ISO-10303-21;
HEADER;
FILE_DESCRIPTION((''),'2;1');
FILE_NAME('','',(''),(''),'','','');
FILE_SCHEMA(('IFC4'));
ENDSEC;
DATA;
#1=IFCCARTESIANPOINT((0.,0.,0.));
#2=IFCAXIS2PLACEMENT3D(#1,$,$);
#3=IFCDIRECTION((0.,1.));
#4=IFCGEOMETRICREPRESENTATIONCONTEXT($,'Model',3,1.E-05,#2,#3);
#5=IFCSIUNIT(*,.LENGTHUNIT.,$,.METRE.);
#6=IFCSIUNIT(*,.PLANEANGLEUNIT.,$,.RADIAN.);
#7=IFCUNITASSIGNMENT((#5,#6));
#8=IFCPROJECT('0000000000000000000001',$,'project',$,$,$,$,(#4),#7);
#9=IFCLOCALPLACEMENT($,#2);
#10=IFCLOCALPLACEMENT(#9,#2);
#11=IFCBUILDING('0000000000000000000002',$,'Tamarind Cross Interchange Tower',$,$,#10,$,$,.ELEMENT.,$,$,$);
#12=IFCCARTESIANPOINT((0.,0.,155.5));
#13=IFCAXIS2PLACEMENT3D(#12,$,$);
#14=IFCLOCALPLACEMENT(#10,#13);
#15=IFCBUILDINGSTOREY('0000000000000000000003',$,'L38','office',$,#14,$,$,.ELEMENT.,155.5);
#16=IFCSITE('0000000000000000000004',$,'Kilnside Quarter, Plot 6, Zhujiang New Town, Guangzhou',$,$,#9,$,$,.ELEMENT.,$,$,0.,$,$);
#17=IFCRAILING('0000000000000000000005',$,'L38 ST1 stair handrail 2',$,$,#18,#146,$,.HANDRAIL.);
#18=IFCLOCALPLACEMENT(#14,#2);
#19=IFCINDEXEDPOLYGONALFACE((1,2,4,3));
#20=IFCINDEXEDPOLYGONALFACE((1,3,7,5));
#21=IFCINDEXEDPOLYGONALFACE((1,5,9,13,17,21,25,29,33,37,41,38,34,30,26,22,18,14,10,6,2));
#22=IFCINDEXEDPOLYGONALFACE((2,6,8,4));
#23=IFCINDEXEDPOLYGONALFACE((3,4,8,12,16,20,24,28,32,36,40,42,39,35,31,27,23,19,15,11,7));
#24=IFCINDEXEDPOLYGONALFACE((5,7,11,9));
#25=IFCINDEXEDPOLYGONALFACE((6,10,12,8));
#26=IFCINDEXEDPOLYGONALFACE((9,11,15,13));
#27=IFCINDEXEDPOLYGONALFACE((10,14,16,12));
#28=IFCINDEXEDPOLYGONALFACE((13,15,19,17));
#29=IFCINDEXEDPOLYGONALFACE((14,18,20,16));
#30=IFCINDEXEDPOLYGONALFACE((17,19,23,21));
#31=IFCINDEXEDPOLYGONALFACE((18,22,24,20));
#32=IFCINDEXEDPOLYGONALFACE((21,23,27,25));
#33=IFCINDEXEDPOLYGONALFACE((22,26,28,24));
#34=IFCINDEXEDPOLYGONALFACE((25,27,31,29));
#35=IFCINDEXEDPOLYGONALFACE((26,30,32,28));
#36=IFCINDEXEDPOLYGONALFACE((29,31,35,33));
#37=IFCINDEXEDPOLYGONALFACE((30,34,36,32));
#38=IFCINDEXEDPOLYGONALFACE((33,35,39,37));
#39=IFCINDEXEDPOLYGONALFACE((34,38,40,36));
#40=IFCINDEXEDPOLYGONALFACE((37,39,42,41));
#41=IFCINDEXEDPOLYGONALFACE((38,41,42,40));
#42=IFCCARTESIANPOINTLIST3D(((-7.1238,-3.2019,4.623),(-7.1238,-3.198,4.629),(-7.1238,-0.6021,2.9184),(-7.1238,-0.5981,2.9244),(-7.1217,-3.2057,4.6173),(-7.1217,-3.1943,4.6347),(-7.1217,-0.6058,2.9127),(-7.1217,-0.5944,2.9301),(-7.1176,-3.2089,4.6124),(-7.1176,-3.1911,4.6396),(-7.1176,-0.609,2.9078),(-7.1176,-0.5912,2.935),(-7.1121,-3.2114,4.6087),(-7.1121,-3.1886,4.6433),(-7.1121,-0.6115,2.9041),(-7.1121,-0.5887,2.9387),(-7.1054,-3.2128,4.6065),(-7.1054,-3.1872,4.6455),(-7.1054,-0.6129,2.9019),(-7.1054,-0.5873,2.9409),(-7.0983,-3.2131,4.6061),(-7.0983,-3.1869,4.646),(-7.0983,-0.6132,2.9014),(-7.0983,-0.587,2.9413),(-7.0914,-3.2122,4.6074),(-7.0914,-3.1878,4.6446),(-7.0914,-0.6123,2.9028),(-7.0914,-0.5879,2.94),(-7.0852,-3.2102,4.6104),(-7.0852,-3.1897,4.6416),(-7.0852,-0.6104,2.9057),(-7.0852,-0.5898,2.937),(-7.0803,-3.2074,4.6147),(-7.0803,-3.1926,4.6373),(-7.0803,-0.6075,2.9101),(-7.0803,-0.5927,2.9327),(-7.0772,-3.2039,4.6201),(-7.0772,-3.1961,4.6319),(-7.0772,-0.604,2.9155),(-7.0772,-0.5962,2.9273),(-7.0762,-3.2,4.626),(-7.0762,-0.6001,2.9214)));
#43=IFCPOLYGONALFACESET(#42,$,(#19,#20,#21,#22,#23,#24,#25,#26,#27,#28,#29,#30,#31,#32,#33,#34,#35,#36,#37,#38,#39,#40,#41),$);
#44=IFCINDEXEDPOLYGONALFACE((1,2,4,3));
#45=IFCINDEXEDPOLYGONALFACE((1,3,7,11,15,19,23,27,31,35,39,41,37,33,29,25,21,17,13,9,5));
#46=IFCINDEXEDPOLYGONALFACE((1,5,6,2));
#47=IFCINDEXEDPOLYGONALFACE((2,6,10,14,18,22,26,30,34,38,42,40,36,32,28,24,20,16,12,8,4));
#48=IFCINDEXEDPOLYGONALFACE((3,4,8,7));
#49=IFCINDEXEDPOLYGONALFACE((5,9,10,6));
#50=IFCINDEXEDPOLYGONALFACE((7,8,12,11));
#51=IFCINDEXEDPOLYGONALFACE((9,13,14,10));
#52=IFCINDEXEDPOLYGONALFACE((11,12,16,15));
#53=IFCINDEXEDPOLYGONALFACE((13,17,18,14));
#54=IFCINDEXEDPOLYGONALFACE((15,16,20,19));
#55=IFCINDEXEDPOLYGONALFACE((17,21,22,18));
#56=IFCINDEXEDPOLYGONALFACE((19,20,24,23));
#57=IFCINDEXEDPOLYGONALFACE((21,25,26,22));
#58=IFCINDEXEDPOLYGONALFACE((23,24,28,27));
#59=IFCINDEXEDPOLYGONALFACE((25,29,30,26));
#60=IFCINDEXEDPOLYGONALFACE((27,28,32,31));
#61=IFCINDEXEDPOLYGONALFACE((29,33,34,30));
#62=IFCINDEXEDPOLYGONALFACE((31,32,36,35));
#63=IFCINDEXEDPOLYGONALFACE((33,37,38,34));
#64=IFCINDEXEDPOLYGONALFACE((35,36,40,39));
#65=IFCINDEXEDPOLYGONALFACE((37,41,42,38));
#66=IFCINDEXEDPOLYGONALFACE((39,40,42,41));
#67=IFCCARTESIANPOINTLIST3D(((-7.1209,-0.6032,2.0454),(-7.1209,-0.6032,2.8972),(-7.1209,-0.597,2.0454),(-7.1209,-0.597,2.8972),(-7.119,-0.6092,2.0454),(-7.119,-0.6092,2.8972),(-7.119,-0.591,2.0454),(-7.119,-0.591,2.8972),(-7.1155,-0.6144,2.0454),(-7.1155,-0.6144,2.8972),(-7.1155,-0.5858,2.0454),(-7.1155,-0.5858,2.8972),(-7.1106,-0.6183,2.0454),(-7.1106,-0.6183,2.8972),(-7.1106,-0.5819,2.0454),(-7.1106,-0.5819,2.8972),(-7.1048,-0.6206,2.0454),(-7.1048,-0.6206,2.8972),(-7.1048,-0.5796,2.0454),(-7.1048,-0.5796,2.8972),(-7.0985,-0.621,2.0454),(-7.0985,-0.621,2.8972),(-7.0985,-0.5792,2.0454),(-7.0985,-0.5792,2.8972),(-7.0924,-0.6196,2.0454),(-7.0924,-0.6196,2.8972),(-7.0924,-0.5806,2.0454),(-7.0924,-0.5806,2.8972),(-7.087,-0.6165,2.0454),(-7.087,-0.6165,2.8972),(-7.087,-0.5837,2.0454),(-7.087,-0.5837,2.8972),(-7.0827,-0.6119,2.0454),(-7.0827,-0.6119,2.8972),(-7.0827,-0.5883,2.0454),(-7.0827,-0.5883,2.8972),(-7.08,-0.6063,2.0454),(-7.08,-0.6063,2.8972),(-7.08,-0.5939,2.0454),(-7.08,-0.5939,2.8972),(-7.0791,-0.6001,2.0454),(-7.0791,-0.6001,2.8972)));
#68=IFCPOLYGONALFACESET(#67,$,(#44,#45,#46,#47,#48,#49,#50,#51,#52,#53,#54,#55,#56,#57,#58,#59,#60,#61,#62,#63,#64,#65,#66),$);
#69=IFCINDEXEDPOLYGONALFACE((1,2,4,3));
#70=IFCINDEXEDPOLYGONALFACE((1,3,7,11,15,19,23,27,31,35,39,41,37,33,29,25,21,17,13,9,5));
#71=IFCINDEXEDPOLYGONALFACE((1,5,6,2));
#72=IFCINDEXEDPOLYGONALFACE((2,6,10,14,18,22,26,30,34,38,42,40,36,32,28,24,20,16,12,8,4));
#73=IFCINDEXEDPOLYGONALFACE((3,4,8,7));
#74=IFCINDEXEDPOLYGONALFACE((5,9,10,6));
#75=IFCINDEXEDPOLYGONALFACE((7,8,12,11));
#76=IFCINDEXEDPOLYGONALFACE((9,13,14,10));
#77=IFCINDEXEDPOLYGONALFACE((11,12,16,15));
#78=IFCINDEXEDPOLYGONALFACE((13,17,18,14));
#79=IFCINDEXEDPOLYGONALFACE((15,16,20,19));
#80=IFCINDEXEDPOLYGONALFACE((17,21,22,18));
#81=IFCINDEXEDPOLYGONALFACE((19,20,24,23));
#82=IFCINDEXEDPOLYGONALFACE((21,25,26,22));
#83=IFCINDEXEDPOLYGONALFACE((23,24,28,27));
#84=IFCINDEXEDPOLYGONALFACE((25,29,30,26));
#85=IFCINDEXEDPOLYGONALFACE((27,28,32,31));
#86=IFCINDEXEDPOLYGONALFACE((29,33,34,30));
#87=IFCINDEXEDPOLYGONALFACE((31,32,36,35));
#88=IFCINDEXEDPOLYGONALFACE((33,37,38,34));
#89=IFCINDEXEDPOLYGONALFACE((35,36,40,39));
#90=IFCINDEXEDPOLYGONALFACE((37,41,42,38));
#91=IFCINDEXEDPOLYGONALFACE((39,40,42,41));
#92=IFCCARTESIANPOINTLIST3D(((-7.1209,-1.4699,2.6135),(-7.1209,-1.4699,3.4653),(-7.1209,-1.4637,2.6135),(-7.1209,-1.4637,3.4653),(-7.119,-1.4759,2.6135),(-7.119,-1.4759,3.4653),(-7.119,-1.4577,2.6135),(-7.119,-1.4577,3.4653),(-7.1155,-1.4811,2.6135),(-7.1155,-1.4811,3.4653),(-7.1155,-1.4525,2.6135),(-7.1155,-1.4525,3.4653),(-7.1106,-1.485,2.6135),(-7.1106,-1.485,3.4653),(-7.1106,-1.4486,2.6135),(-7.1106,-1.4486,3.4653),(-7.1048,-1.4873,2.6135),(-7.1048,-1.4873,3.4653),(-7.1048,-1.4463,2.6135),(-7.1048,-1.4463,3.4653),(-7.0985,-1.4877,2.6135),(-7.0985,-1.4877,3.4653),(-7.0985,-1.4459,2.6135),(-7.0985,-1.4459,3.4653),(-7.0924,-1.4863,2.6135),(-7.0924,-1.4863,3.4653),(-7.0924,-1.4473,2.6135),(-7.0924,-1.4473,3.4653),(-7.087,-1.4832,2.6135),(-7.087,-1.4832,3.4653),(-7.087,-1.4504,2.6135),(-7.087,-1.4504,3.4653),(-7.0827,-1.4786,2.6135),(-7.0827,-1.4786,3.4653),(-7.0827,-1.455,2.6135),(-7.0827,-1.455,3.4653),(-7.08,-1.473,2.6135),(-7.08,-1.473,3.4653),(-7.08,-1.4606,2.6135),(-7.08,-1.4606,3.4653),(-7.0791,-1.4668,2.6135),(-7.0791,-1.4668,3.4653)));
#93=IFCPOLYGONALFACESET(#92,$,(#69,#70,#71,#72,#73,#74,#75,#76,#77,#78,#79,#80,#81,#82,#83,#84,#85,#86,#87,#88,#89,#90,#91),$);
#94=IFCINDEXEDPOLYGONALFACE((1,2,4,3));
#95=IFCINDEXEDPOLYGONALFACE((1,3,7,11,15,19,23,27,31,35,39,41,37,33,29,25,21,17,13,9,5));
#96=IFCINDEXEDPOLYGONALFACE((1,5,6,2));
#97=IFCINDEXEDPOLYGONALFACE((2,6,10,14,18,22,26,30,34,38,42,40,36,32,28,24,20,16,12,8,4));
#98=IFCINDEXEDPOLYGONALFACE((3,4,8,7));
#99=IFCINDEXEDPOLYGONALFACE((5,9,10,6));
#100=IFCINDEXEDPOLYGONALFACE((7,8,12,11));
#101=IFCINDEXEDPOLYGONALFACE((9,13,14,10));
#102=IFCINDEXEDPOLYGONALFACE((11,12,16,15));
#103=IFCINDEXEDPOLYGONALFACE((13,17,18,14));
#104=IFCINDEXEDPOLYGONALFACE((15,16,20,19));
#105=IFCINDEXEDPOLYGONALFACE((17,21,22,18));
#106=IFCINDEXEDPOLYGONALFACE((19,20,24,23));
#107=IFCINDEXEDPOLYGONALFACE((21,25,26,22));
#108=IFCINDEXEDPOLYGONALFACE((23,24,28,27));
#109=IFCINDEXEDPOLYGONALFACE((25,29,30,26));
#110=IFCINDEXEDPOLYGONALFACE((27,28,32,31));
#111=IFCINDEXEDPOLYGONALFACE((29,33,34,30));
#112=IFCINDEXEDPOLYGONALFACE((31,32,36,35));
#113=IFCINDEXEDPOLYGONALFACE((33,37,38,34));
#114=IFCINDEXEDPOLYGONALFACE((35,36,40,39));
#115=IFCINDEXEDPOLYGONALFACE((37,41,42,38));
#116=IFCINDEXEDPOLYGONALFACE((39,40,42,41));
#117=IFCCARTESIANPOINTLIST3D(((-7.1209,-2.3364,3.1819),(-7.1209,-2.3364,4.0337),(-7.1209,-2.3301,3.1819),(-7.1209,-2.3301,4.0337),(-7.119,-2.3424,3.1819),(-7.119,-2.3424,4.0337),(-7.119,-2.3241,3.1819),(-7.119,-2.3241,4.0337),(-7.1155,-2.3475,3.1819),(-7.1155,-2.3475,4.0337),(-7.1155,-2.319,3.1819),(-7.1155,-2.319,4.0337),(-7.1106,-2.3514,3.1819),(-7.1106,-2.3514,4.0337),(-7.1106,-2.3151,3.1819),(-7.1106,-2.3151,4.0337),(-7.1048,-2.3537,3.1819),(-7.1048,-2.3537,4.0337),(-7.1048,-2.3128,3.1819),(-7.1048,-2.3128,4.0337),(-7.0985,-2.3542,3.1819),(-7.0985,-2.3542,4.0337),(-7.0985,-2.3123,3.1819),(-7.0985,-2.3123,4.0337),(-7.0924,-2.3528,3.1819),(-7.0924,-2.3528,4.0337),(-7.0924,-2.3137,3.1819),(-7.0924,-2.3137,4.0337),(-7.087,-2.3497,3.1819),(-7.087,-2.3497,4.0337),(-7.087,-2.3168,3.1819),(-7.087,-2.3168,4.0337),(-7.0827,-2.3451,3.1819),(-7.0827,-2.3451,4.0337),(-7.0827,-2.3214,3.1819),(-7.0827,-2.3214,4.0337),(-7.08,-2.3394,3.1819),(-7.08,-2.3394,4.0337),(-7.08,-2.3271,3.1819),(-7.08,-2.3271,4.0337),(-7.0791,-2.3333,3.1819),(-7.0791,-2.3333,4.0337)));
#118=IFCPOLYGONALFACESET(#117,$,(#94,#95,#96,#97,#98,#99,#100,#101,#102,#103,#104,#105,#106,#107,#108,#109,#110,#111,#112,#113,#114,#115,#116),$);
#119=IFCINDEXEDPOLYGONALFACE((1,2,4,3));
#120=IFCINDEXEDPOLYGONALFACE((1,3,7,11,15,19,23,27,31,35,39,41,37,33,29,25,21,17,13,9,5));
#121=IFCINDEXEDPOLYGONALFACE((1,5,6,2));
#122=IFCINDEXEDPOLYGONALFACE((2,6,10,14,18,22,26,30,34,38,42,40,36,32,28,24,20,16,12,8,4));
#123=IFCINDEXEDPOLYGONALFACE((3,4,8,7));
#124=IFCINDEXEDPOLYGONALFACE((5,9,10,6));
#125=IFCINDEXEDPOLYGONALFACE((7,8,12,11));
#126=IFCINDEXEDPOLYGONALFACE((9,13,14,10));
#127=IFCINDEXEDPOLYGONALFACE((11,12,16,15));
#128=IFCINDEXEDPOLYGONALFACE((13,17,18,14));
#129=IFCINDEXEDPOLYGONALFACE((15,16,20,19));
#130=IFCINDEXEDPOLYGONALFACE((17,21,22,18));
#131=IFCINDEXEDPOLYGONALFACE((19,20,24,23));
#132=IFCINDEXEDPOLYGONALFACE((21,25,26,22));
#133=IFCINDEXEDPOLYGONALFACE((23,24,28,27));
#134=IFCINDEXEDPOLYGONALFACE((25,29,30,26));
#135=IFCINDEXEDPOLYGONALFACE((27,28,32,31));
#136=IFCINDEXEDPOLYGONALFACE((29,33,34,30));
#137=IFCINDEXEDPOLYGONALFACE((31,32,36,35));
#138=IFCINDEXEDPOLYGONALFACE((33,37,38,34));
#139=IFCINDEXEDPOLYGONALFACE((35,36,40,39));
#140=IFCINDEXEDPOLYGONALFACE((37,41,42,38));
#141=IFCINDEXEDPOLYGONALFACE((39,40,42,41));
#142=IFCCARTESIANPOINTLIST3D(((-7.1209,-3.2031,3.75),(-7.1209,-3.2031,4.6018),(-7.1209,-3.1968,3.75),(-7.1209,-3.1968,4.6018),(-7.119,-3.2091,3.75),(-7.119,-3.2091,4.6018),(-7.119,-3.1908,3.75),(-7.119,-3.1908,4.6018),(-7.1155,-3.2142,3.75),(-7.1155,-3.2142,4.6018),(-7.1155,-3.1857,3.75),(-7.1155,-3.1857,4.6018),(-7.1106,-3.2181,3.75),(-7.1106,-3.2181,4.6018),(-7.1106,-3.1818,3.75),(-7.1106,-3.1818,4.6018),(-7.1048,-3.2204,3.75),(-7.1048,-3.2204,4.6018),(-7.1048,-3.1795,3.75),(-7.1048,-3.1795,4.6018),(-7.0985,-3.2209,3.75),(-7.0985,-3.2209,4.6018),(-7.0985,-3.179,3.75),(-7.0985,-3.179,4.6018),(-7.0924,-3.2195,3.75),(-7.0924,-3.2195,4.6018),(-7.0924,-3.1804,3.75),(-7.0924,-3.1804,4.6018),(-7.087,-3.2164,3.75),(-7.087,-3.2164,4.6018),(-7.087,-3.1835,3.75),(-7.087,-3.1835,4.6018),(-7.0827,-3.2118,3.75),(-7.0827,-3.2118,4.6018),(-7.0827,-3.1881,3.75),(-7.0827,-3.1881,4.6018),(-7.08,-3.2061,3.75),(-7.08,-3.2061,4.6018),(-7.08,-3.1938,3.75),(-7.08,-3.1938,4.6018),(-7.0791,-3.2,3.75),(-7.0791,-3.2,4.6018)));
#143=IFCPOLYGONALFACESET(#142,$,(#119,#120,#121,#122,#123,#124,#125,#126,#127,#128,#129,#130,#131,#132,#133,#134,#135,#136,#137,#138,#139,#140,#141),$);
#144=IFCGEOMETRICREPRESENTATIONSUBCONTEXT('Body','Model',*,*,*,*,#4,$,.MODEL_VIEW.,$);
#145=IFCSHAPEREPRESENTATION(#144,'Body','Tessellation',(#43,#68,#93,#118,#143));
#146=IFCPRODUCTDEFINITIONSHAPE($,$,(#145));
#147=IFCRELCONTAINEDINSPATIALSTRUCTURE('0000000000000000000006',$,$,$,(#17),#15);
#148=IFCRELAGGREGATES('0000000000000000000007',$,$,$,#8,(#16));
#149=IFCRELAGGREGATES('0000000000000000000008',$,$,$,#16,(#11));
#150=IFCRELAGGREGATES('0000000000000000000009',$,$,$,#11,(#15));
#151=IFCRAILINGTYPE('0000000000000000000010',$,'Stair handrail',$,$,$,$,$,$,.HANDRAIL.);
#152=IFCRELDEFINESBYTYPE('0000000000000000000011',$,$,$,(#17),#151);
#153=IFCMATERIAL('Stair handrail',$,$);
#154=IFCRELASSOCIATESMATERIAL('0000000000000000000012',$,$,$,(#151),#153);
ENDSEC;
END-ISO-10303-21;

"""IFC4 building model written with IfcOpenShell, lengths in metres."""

from ifc_helpers import new_model, si_unit, direction, frame, origin, origin_2d, place, context, subcontext, project, spatial, circle, extrude, material, type_object, element, save


model = new_model("IFC4")

# Units and contexts
model_context = context("Model", 3, precision=1e-05, world=origin(), true_north=direction((0.0, 1.0)))
body_context = subcontext(model_context, "Body", "Model", "MODEL_VIEW")
ifc_project = project(units=[si_unit("LENGTHUNIT", "METRE"), si_unit("PLANEANGLEUNIT", "RADIAN")], contexts=[model_context])

# Site, building, storey
site_placement = place(None, origin())
site = spatial("IfcSite", under=ifc_project, at=site_placement, Name="Kilnside Quarter, Plot 6, Zhujiang New Town, Guangzhou", CompositionType="ELEMENT", RefElevation=0.0)
building_placement = place(site_placement, origin())
building = spatial("IfcBuilding", under=site, at=building_placement, Name="Tamarind Cross Interchange Tower", CompositionType="ELEMENT")
storey_placement = place(building_placement, frame((0.0, 0.0, 155.5)))
storey = spatial("IfcBuildingStorey", under=building, at=storey_placement, Name="L38", Description="office", CompositionType="ELEMENT", Elevation=155.5)

# Railing
ifc_material_1 = material(Name="Stair handrail")
railing_type_1 = type_object("IfcRailingType", Name="Stair handrail", PredefinedType="HANDRAIL", material=ifc_material_1)
railing_1_placement = place(storey_placement, frame((-7.1001, -0.6001, 2.0454)))
element("IfcRailing", 1, at=railing_1_placement, inside=storey, type_object=railing_type_1, Name="L38 ST1 stair handrail 2", PredefinedType="HANDRAIL", context=body_context, shape_type="SweptSolid", body=[
    extrude(circle(Radius=0.0239, at=origin_2d()), frame((0.0, 0.0, 0.876), z_axis=(0.0, -0.836279, 0.548305), x_axis=(1.0, 0.0, 0.0)), (0.0, 0.0, 1.0), 3.1089),
    extrude(circle(Radius=0.021, at=origin_2d()), origin(), (0.0, 0.0, 1.0), 0.8518),
    extrude(circle(Radius=0.021, at=origin_2d()), frame((0.0, -0.8667, 0.5681)), (0.0, 0.0, 1.0), 0.8518),
    extrude(circle(Radius=0.021, at=origin_2d()), frame((0.0, -1.7332, 1.1365)), (0.0, 0.0, 1.0), 0.8518),
    extrude(circle(Radius=0.021, at=origin_2d()), frame((0.0, -2.5999, 1.7046)), (0.0, 0.0, 1.0), 0.8518),
])

save(model, "model.ifc")
